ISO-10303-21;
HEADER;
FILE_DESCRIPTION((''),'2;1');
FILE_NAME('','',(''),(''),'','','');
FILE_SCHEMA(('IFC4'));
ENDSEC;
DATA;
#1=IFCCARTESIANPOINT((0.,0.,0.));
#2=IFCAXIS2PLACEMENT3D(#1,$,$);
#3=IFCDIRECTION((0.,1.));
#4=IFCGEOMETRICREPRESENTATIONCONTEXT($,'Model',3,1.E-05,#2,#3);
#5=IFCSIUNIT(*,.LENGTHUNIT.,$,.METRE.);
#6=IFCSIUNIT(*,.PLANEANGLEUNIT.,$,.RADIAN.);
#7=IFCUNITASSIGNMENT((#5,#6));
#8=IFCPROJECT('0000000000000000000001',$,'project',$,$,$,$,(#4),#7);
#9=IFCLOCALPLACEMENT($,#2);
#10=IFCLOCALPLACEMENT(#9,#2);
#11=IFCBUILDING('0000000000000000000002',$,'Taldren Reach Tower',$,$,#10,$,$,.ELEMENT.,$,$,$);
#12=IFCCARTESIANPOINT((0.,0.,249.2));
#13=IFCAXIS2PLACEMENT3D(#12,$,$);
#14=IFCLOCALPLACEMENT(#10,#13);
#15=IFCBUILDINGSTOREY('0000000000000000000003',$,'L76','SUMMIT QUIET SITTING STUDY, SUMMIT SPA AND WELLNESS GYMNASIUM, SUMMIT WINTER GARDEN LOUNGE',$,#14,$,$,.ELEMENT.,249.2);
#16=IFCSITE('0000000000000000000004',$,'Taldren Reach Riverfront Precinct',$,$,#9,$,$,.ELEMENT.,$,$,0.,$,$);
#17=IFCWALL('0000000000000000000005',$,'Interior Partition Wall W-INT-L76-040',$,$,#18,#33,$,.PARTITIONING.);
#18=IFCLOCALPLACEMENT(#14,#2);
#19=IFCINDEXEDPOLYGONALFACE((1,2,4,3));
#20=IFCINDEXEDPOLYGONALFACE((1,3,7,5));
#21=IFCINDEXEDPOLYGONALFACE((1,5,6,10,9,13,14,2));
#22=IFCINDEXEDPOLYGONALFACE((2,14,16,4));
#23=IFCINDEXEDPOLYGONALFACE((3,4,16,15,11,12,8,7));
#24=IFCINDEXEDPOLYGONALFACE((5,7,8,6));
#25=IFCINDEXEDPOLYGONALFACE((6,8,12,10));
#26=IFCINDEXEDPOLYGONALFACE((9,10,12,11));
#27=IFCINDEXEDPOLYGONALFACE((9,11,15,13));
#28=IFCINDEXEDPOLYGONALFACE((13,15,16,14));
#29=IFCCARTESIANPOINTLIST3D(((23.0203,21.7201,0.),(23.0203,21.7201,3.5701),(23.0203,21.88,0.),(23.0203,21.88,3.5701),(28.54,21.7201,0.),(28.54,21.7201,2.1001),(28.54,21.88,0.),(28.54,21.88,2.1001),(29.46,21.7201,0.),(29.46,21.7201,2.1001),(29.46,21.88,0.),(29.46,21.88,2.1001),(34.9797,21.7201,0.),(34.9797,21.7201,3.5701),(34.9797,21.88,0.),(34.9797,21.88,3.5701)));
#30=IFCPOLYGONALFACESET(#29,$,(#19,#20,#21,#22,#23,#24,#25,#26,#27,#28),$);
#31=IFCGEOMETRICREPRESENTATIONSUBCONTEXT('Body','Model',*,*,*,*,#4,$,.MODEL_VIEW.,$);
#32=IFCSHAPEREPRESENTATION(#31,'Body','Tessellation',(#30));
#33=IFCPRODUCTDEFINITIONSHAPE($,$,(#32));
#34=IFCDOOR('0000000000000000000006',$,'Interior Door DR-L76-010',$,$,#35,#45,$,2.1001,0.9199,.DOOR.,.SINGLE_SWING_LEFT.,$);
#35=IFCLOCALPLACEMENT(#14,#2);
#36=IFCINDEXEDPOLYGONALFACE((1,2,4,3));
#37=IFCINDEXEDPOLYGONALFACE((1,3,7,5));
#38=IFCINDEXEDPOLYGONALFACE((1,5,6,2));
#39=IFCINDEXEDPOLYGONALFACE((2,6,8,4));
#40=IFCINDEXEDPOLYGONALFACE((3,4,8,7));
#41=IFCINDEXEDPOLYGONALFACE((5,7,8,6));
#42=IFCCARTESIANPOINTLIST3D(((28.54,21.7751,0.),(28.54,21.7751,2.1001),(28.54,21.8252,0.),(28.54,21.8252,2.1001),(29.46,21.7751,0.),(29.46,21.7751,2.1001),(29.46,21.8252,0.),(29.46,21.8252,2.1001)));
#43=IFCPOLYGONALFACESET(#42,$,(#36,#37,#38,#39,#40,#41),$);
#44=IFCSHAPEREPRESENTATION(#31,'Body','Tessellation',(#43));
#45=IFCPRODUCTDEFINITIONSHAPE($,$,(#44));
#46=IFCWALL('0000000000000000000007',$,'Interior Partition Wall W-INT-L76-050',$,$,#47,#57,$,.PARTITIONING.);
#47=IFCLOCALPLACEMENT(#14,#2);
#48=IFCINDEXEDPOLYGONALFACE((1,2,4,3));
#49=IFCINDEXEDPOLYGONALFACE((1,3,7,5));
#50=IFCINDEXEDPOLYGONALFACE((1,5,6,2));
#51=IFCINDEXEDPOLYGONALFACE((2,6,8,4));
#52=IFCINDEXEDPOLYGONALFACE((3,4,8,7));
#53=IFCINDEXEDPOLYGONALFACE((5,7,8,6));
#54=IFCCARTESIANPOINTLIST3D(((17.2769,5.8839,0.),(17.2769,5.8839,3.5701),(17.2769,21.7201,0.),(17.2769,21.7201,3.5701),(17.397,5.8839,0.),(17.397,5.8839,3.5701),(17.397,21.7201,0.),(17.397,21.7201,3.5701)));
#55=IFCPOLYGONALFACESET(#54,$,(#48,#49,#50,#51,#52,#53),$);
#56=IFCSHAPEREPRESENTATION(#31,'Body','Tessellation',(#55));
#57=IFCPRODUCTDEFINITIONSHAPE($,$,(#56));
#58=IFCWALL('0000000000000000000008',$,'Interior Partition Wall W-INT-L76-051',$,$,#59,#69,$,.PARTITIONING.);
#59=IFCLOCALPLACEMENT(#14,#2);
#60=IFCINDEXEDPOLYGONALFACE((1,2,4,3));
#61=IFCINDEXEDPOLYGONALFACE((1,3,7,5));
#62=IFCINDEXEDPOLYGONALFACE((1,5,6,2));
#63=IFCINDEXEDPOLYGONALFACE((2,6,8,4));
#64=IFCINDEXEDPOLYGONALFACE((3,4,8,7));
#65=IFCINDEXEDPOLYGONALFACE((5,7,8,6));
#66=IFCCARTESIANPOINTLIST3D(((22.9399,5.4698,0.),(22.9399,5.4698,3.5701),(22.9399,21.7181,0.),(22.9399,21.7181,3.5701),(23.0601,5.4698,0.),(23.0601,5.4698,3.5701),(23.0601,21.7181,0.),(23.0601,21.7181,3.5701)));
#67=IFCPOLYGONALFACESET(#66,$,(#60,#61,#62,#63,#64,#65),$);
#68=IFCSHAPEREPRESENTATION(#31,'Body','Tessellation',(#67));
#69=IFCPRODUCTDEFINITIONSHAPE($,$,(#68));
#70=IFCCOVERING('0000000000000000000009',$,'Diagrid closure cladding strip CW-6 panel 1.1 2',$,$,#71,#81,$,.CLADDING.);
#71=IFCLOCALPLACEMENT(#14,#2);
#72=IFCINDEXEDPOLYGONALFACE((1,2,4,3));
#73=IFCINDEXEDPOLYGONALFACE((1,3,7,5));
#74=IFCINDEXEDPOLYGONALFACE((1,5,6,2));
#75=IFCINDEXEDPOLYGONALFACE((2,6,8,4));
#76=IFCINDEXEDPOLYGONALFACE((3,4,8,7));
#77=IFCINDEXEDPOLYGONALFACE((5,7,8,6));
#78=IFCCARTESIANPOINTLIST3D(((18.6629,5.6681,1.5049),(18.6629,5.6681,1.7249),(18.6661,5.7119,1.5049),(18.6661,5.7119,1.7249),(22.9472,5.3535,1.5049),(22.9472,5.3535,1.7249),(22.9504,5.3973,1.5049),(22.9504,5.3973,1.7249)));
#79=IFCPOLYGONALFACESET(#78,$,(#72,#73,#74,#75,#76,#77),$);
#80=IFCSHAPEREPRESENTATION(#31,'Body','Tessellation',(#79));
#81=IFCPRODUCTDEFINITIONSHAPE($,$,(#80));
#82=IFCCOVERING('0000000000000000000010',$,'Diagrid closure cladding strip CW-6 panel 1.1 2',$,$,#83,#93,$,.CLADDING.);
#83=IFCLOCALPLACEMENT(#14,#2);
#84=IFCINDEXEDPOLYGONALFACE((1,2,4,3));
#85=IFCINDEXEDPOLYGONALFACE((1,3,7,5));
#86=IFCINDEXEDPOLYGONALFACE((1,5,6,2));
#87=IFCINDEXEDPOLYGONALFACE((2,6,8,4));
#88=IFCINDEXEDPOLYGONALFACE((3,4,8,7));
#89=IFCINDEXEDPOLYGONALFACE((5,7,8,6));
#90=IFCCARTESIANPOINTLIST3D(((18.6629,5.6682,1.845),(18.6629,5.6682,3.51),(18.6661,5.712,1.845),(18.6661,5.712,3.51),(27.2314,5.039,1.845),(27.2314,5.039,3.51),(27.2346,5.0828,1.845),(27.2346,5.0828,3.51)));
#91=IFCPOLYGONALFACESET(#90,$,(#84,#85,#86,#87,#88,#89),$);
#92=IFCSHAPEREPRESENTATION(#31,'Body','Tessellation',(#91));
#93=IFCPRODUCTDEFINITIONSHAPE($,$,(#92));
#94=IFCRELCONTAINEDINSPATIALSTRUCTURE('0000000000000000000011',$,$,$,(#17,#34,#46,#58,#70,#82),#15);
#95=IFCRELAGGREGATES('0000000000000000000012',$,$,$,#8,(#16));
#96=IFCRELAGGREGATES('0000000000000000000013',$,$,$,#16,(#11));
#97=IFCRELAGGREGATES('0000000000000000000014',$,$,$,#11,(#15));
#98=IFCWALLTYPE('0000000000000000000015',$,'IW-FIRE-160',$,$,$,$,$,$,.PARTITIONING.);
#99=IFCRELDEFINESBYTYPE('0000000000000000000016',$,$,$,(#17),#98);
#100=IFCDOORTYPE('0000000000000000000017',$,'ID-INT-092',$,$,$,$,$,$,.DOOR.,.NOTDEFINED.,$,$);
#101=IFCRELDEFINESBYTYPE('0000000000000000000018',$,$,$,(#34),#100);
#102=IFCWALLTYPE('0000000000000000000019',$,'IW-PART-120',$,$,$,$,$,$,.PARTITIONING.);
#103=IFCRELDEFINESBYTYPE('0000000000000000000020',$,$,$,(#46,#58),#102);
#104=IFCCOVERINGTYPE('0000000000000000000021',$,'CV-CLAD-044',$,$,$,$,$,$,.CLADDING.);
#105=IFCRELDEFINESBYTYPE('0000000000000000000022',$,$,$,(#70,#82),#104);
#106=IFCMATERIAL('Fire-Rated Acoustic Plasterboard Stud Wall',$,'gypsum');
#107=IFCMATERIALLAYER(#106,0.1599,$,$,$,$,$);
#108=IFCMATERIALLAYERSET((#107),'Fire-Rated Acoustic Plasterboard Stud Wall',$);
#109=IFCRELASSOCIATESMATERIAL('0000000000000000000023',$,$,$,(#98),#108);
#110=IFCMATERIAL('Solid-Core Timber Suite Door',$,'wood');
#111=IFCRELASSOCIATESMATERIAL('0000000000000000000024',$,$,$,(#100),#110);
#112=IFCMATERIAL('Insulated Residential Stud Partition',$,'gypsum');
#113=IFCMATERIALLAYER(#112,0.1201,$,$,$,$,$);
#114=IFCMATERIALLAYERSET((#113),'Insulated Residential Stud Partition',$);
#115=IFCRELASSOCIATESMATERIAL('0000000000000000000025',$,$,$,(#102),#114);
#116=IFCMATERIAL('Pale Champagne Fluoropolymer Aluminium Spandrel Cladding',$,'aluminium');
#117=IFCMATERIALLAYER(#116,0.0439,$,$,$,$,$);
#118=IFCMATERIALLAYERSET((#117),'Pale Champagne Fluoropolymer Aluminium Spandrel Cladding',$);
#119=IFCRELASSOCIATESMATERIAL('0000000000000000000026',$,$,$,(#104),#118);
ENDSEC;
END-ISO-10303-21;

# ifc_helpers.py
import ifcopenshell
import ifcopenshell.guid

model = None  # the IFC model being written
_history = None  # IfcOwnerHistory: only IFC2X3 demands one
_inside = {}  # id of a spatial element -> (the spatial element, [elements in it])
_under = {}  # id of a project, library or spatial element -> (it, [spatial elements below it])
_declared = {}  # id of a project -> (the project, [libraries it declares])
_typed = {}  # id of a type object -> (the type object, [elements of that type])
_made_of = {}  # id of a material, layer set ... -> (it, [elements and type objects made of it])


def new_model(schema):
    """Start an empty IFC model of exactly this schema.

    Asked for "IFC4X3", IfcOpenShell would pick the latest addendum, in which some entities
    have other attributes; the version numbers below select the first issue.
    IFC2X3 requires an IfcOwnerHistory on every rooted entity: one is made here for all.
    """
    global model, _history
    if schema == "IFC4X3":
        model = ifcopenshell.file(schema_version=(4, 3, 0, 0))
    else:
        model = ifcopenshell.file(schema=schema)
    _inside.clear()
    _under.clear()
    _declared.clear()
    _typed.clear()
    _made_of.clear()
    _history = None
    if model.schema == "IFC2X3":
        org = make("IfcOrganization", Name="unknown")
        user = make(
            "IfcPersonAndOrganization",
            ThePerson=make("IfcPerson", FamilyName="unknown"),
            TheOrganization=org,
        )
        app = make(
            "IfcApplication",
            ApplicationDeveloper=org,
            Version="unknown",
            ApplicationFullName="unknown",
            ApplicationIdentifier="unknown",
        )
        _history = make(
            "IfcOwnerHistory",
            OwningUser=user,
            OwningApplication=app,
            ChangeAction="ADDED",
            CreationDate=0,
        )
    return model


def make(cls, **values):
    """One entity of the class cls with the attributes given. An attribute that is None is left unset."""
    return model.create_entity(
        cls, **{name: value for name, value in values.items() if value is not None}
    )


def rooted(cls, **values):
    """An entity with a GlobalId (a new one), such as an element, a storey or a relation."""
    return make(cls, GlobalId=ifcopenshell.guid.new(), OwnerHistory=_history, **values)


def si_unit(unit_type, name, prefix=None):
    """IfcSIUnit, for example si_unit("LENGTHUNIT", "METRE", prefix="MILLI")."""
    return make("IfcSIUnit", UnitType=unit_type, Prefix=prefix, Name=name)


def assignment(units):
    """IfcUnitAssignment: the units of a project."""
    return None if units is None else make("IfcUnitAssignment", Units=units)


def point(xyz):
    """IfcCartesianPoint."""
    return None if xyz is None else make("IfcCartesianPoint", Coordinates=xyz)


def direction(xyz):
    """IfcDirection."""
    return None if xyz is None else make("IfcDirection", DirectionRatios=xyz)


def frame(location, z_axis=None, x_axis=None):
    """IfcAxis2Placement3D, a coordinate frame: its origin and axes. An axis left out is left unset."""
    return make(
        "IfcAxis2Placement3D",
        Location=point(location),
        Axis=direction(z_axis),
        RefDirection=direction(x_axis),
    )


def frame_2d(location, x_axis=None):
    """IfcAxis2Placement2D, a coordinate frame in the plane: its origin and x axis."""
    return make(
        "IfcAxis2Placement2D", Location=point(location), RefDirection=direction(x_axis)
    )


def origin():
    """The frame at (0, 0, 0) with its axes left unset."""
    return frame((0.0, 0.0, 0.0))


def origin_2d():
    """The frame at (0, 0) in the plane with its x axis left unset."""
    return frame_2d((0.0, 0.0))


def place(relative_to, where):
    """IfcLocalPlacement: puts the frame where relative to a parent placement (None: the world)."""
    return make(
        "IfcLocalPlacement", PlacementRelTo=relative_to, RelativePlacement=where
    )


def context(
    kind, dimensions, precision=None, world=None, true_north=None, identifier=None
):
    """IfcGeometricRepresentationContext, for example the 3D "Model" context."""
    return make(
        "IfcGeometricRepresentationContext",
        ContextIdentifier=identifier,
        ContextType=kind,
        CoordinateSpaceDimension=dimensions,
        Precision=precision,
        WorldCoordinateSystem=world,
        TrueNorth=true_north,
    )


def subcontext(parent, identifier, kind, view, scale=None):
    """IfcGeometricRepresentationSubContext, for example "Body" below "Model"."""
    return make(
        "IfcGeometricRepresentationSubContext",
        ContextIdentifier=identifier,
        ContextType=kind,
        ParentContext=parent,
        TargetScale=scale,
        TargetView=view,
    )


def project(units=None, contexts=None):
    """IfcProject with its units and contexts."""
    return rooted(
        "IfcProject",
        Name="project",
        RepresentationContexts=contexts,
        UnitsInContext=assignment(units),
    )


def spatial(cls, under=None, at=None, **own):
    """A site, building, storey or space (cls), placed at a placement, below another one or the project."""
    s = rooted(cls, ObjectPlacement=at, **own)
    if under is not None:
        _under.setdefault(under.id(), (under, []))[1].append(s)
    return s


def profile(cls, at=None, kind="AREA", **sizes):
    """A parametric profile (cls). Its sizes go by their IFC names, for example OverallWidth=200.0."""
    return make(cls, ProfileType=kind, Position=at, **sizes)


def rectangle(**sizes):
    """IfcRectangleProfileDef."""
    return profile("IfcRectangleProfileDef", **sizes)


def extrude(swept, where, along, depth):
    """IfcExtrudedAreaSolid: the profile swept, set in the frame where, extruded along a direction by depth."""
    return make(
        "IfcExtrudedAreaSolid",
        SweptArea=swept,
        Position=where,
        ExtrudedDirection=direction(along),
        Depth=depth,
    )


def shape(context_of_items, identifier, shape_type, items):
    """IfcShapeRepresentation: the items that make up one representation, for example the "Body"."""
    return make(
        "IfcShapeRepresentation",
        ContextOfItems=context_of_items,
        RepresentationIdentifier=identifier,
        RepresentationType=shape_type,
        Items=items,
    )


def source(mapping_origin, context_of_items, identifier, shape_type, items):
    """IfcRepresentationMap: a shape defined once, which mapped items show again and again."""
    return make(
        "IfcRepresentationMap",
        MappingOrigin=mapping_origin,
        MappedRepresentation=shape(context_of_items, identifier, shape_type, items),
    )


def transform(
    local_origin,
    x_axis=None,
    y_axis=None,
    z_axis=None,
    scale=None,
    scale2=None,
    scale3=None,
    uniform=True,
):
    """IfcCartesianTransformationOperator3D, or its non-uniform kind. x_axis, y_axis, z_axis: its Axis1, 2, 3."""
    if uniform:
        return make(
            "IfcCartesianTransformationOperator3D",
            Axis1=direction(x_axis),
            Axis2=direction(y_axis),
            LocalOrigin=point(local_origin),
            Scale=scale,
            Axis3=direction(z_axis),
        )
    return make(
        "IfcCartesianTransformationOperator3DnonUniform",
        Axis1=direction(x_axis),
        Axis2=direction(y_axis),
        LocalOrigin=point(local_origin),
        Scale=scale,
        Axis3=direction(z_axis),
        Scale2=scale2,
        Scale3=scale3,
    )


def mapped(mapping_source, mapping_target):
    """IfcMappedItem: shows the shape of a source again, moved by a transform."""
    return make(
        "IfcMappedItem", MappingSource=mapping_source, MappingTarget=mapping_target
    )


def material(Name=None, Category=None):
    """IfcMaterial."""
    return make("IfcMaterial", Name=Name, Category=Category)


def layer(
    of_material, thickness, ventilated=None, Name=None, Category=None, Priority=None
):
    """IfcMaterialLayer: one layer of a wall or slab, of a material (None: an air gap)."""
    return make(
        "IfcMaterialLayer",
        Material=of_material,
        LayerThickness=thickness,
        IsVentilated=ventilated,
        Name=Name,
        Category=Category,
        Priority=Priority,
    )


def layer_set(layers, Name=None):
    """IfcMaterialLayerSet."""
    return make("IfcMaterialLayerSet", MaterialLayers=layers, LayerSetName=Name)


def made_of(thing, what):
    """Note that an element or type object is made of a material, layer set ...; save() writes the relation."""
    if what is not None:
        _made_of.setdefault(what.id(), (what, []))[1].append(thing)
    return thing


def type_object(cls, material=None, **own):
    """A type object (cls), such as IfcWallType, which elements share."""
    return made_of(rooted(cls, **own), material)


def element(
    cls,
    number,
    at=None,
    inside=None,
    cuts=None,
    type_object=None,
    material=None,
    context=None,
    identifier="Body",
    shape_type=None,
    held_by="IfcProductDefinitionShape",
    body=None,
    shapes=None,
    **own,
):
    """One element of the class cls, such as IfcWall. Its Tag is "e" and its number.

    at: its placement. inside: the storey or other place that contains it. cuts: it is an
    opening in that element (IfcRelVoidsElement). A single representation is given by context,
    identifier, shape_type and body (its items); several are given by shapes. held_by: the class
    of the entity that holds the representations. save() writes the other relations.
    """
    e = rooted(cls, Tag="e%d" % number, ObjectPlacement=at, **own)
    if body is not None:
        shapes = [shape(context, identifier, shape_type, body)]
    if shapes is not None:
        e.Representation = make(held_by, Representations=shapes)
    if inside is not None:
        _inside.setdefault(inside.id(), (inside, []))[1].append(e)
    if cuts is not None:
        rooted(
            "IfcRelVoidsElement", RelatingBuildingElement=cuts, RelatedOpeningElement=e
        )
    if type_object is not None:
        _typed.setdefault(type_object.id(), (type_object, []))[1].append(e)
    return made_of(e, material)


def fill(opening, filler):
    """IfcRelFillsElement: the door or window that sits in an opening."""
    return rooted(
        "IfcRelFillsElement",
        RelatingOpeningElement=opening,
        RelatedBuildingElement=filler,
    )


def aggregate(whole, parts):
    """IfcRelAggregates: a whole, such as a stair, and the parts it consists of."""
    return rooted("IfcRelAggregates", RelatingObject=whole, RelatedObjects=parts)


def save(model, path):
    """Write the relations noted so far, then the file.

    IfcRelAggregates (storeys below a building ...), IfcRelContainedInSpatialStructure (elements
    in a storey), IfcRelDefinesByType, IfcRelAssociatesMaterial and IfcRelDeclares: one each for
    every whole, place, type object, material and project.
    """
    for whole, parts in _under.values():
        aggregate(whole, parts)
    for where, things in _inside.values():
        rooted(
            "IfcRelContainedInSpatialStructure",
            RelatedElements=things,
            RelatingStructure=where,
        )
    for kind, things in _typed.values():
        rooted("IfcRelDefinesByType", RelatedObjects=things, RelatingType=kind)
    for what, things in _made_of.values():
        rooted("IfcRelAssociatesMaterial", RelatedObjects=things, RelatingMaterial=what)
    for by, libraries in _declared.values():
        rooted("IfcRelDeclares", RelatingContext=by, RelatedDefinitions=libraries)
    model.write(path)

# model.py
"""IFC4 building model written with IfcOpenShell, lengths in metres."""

from ifc_helpers import new_model, si_unit, direction, frame, frame_2d, origin, origin_2d, place, context, subcontext, project, spatial, rectangle, extrude, source, transform, mapped, material, layer, layer_set, type_object, element, fill, save


model = new_model("IFC4")

# Units and contexts
model_context = context("Model", 3, precision=1e-05, world=origin(), true_north=direction((0.0, 1.0)))
body_context = subcontext(model_context, "Body", "Model", "MODEL_VIEW")
ifc_project = project(units=[si_unit("LENGTHUNIT", "METRE"), si_unit("PLANEANGLEUNIT", "RADIAN")], contexts=[model_context])

# Site, building, storey
site_placement = place(None, origin())
site = spatial("IfcSite", under=ifc_project, at=site_placement, Name="Taldren Reach Riverfront Precinct", CompositionType="ELEMENT", RefElevation=0.0)
building_placement = place(site_placement, origin())
building = spatial("IfcBuilding", under=site, at=building_placement, Name="Taldren Reach Tower", CompositionType="ELEMENT")
storey_placement = place(building_placement, frame((0.0, 0.0, 249.2)))
storey = spatial("IfcBuildingStorey", under=building, at=storey_placement, Name="L76", Description="SUMMIT QUIET SITTING STUDY, SUMMIT SPA AND WELLNESS GYMNASIUM, SUMMIT WINTER GARDEN LOUNGE", CompositionType="ELEMENT", Elevation=249.2)

# Shared definitions
ifc_material_1 = material(Name="Fire-Rated Acoustic Plasterboard Stud Wall", Category="gypsum")
ifc_layer_1 = layer(ifc_material_1, 0.1599)
ifc_layer_set_1 = layer_set([ifc_layer_1], Name="Fire-Rated Acoustic Plasterboard Stud Wall")
wall_type_1 = type_object("IfcWallType", Name="IW-FIRE-160", PredefinedType="PARTITIONING", material=ifc_layer_set_1)
shared_shape_1 = source(origin(), body_context, "Body", "SweptSolid", [
    extrude(rectangle(XDim=0.9199, YDim=2.1001, at=frame_2d((0.46, 1.05))), frame((0.0, 0.0898, 0.0), z_axis=(0.0, -1.0, 0.0), x_axis=(1.0, 0.0, 0.0)), (0.0, 0.0, 1.0), 0.1799),
])
ifc_material_2 = material(Name="Solid-Core Timber Suite Door", Category="wood")
door_type = type_object("IfcDoorType", Name="ID-INT-092", OperationType="NOTDEFINED", PredefinedType="DOOR", material=ifc_material_2)
shared_shape_2 = source(origin(), body_context, "Body", "SweptSolid", [
    extrude(rectangle(XDim=0.9199, YDim=2.1001, at=frame_2d((0.46, 1.05))), frame((0.0, 0.0249, 0.0), z_axis=(0.0, -1.0, 0.0), x_axis=(1.0, 0.0, 0.0)), (0.0, 0.0, 1.0), 0.05),
])

# Wall, opening, door
shared_shape_3 = source(origin(), body_context, "Body", "SweptSolid", [
    extrude(rectangle(XDim=11.9595, YDim=0.1599, at=frame_2d((5.9797, 0.0))), origin(), (0.0, 0.0, 1.0), 3.5701),
])
wall_1_placement = place(storey_placement, frame((34.9797, 21.8, 0.0), z_axis=(0.0, 0.0, 1.0), x_axis=(-1.0, 0.0, 0.0)))
wall_1 = element("IfcWall", 1, at=wall_1_placement, inside=storey, type_object=wall_type_1, Name="Interior Partition Wall W-INT-L76-040", PredefinedType="PARTITIONING", context=body_context, shape_type="MappedRepresentation", body=[
    mapped(shared_shape_3, transform((0.0, 0.0, 0.0), scale=1.0)),
])
opening_1_placement = place(wall_1_placement, frame((5.5198, 0.0, 0.0)))
opening_1 = element("IfcOpeningElement", 2, at=opening_1_placement, cuts=wall_1, PredefinedType="OPENING", context=body_context, shape_type="MappedRepresentation", body=[
    mapped(shared_shape_1, transform((0.0, 0.0, 0.0), scale=1.0)),
])
door_1_placement = place(opening_1_placement, origin())
door_1 = element("IfcDoor", 3, at=door_1_placement, inside=storey, type_object=door_type, Name="Interior Door DR-L76-010", OperationType="SINGLE_SWING_LEFT", OverallHeight=2.1001, OverallWidth=0.9199, PredefinedType="DOOR", context=body_context, shape_type="MappedRepresentation", body=[
    mapped(shared_shape_2, transform((0.0, 0.0, 0.0), scale=1.0)),
])
fill(opening_1, door_1)

# Walls
ifc_material_3 = material(Name="Insulated Residential Stud Partition", Category="gypsum")
ifc_layer_2 = layer(ifc_material_3, 0.1201)
ifc_layer_set_2 = layer_set([ifc_layer_2], Name="Insulated Residential Stud Partition")
wall_type_2 = type_object("IfcWallType", Name="IW-PART-120", PredefinedType="PARTITIONING", material=ifc_layer_set_2)
shared_shape_4 = source(origin(), body_context, "Body", "SweptSolid", [
    extrude(rectangle(XDim=15.8362, YDim=0.1201, at=frame_2d((7.918, 0.0))), origin(), (0.0, 0.0, 1.0), 3.5701),
])
wall_2_placement = place(storey_placement, frame((17.3369, 21.72, 0.0), z_axis=(0.0, 0.0, 1.0), x_axis=(0.0, -1.0, 0.0)))
element("IfcWall", 4, at=wall_2_placement, inside=storey, type_object=wall_type_2, Name="Interior Partition Wall W-INT-L76-050", PredefinedType="PARTITIONING", context=body_context, shape_type="MappedRepresentation", body=[
    mapped(shared_shape_4, transform((0.0, 0.0, 0.0), scale=1.0)),
])
shared_shape_5 = source(origin(), body_context, "Body", "SweptSolid", [
    extrude(rectangle(XDim=16.2483, YDim=0.1201, at=frame_2d((8.124, 0.0))), origin(), (0.0, 0.0, 1.0), 3.5701),
])
wall_3_placement = place(storey_placement, frame((23.0, 21.718, 0.0), z_axis=(0.0, 0.0, 1.0), x_axis=(0.0, -1.0, 0.0)))
element("IfcWall", 5, at=wall_3_placement, inside=storey, type_object=wall_type_2, Name="Interior Partition Wall W-INT-L76-051", PredefinedType="PARTITIONING", context=body_context, shape_type="MappedRepresentation", body=[
    mapped(shared_shape_5, transform((0.0, 0.0, 0.0), scale=1.0)),
])

# Coverings
ifc_material_4 = material(Name="Pale Champagne Fluoropolymer Aluminium Spandrel Cladding", Category="aluminium")
ifc_layer_3 = layer(ifc_material_4, 0.0439)
ifc_layer_set_3 = layer_set([ifc_layer_3], Name="Pale Champagne Fluoropolymer Aluminium Spandrel Cladding")
covering_type = type_object("IfcCoveringType", Name="CV-CLAD-044", PredefinedType="CLADDING", material=ifc_layer_set_3)
shared_shape_6 = source(origin(), body_context, "Body", "SweptSolid", [
    extrude(rectangle(XDim=4.2959, YDim=0.0439, at=origin_2d()), origin(), (0.0, 0.0, 1.0), 0.22),
])
covering_1_placement = place(storey_placement, frame((20.8066, 5.5327, 1.5049), z_axis=(0.0, 0.0, 1.0), x_axis=(0.997314, -0.073238, 0.0)))
element("IfcCovering", 6, at=covering_1_placement, inside=storey, type_object=covering_type, Name="Diagrid closure cladding strip CW-6 panel 1.1 2", PredefinedType="CLADDING", context=body_context, shape_type="MappedRepresentation", body=[
    mapped(shared_shape_6, transform((0.0, 0.0, 0.0), scale=1.0)),
])
shared_shape_7 = source(origin(), body_context, "Body", "SweptSolid", [
    extrude(rectangle(XDim=8.5916, YDim=0.0439, at=origin_2d()), origin(), (0.0, 0.0, 1.0), 1.665),
])
covering_2_placement = place(storey_placement, frame((22.9487, 5.3755, 1.845), z_axis=(0.0, 0.0, 1.0), x_axis=(0.997314, -0.073238, 0.0)))
element("IfcCovering", 7, at=covering_2_placement, inside=storey, type_object=covering_type, Name="Diagrid closure cladding strip CW-6 panel 1.1 2", PredefinedType="CLADDING", context=body_context, shape_type="MappedRepresentation", body=[
    mapped(shared_shape_7, transform((0.0, 0.0, 0.0), scale=1.0)),
])

save(model, "model.ifc")
